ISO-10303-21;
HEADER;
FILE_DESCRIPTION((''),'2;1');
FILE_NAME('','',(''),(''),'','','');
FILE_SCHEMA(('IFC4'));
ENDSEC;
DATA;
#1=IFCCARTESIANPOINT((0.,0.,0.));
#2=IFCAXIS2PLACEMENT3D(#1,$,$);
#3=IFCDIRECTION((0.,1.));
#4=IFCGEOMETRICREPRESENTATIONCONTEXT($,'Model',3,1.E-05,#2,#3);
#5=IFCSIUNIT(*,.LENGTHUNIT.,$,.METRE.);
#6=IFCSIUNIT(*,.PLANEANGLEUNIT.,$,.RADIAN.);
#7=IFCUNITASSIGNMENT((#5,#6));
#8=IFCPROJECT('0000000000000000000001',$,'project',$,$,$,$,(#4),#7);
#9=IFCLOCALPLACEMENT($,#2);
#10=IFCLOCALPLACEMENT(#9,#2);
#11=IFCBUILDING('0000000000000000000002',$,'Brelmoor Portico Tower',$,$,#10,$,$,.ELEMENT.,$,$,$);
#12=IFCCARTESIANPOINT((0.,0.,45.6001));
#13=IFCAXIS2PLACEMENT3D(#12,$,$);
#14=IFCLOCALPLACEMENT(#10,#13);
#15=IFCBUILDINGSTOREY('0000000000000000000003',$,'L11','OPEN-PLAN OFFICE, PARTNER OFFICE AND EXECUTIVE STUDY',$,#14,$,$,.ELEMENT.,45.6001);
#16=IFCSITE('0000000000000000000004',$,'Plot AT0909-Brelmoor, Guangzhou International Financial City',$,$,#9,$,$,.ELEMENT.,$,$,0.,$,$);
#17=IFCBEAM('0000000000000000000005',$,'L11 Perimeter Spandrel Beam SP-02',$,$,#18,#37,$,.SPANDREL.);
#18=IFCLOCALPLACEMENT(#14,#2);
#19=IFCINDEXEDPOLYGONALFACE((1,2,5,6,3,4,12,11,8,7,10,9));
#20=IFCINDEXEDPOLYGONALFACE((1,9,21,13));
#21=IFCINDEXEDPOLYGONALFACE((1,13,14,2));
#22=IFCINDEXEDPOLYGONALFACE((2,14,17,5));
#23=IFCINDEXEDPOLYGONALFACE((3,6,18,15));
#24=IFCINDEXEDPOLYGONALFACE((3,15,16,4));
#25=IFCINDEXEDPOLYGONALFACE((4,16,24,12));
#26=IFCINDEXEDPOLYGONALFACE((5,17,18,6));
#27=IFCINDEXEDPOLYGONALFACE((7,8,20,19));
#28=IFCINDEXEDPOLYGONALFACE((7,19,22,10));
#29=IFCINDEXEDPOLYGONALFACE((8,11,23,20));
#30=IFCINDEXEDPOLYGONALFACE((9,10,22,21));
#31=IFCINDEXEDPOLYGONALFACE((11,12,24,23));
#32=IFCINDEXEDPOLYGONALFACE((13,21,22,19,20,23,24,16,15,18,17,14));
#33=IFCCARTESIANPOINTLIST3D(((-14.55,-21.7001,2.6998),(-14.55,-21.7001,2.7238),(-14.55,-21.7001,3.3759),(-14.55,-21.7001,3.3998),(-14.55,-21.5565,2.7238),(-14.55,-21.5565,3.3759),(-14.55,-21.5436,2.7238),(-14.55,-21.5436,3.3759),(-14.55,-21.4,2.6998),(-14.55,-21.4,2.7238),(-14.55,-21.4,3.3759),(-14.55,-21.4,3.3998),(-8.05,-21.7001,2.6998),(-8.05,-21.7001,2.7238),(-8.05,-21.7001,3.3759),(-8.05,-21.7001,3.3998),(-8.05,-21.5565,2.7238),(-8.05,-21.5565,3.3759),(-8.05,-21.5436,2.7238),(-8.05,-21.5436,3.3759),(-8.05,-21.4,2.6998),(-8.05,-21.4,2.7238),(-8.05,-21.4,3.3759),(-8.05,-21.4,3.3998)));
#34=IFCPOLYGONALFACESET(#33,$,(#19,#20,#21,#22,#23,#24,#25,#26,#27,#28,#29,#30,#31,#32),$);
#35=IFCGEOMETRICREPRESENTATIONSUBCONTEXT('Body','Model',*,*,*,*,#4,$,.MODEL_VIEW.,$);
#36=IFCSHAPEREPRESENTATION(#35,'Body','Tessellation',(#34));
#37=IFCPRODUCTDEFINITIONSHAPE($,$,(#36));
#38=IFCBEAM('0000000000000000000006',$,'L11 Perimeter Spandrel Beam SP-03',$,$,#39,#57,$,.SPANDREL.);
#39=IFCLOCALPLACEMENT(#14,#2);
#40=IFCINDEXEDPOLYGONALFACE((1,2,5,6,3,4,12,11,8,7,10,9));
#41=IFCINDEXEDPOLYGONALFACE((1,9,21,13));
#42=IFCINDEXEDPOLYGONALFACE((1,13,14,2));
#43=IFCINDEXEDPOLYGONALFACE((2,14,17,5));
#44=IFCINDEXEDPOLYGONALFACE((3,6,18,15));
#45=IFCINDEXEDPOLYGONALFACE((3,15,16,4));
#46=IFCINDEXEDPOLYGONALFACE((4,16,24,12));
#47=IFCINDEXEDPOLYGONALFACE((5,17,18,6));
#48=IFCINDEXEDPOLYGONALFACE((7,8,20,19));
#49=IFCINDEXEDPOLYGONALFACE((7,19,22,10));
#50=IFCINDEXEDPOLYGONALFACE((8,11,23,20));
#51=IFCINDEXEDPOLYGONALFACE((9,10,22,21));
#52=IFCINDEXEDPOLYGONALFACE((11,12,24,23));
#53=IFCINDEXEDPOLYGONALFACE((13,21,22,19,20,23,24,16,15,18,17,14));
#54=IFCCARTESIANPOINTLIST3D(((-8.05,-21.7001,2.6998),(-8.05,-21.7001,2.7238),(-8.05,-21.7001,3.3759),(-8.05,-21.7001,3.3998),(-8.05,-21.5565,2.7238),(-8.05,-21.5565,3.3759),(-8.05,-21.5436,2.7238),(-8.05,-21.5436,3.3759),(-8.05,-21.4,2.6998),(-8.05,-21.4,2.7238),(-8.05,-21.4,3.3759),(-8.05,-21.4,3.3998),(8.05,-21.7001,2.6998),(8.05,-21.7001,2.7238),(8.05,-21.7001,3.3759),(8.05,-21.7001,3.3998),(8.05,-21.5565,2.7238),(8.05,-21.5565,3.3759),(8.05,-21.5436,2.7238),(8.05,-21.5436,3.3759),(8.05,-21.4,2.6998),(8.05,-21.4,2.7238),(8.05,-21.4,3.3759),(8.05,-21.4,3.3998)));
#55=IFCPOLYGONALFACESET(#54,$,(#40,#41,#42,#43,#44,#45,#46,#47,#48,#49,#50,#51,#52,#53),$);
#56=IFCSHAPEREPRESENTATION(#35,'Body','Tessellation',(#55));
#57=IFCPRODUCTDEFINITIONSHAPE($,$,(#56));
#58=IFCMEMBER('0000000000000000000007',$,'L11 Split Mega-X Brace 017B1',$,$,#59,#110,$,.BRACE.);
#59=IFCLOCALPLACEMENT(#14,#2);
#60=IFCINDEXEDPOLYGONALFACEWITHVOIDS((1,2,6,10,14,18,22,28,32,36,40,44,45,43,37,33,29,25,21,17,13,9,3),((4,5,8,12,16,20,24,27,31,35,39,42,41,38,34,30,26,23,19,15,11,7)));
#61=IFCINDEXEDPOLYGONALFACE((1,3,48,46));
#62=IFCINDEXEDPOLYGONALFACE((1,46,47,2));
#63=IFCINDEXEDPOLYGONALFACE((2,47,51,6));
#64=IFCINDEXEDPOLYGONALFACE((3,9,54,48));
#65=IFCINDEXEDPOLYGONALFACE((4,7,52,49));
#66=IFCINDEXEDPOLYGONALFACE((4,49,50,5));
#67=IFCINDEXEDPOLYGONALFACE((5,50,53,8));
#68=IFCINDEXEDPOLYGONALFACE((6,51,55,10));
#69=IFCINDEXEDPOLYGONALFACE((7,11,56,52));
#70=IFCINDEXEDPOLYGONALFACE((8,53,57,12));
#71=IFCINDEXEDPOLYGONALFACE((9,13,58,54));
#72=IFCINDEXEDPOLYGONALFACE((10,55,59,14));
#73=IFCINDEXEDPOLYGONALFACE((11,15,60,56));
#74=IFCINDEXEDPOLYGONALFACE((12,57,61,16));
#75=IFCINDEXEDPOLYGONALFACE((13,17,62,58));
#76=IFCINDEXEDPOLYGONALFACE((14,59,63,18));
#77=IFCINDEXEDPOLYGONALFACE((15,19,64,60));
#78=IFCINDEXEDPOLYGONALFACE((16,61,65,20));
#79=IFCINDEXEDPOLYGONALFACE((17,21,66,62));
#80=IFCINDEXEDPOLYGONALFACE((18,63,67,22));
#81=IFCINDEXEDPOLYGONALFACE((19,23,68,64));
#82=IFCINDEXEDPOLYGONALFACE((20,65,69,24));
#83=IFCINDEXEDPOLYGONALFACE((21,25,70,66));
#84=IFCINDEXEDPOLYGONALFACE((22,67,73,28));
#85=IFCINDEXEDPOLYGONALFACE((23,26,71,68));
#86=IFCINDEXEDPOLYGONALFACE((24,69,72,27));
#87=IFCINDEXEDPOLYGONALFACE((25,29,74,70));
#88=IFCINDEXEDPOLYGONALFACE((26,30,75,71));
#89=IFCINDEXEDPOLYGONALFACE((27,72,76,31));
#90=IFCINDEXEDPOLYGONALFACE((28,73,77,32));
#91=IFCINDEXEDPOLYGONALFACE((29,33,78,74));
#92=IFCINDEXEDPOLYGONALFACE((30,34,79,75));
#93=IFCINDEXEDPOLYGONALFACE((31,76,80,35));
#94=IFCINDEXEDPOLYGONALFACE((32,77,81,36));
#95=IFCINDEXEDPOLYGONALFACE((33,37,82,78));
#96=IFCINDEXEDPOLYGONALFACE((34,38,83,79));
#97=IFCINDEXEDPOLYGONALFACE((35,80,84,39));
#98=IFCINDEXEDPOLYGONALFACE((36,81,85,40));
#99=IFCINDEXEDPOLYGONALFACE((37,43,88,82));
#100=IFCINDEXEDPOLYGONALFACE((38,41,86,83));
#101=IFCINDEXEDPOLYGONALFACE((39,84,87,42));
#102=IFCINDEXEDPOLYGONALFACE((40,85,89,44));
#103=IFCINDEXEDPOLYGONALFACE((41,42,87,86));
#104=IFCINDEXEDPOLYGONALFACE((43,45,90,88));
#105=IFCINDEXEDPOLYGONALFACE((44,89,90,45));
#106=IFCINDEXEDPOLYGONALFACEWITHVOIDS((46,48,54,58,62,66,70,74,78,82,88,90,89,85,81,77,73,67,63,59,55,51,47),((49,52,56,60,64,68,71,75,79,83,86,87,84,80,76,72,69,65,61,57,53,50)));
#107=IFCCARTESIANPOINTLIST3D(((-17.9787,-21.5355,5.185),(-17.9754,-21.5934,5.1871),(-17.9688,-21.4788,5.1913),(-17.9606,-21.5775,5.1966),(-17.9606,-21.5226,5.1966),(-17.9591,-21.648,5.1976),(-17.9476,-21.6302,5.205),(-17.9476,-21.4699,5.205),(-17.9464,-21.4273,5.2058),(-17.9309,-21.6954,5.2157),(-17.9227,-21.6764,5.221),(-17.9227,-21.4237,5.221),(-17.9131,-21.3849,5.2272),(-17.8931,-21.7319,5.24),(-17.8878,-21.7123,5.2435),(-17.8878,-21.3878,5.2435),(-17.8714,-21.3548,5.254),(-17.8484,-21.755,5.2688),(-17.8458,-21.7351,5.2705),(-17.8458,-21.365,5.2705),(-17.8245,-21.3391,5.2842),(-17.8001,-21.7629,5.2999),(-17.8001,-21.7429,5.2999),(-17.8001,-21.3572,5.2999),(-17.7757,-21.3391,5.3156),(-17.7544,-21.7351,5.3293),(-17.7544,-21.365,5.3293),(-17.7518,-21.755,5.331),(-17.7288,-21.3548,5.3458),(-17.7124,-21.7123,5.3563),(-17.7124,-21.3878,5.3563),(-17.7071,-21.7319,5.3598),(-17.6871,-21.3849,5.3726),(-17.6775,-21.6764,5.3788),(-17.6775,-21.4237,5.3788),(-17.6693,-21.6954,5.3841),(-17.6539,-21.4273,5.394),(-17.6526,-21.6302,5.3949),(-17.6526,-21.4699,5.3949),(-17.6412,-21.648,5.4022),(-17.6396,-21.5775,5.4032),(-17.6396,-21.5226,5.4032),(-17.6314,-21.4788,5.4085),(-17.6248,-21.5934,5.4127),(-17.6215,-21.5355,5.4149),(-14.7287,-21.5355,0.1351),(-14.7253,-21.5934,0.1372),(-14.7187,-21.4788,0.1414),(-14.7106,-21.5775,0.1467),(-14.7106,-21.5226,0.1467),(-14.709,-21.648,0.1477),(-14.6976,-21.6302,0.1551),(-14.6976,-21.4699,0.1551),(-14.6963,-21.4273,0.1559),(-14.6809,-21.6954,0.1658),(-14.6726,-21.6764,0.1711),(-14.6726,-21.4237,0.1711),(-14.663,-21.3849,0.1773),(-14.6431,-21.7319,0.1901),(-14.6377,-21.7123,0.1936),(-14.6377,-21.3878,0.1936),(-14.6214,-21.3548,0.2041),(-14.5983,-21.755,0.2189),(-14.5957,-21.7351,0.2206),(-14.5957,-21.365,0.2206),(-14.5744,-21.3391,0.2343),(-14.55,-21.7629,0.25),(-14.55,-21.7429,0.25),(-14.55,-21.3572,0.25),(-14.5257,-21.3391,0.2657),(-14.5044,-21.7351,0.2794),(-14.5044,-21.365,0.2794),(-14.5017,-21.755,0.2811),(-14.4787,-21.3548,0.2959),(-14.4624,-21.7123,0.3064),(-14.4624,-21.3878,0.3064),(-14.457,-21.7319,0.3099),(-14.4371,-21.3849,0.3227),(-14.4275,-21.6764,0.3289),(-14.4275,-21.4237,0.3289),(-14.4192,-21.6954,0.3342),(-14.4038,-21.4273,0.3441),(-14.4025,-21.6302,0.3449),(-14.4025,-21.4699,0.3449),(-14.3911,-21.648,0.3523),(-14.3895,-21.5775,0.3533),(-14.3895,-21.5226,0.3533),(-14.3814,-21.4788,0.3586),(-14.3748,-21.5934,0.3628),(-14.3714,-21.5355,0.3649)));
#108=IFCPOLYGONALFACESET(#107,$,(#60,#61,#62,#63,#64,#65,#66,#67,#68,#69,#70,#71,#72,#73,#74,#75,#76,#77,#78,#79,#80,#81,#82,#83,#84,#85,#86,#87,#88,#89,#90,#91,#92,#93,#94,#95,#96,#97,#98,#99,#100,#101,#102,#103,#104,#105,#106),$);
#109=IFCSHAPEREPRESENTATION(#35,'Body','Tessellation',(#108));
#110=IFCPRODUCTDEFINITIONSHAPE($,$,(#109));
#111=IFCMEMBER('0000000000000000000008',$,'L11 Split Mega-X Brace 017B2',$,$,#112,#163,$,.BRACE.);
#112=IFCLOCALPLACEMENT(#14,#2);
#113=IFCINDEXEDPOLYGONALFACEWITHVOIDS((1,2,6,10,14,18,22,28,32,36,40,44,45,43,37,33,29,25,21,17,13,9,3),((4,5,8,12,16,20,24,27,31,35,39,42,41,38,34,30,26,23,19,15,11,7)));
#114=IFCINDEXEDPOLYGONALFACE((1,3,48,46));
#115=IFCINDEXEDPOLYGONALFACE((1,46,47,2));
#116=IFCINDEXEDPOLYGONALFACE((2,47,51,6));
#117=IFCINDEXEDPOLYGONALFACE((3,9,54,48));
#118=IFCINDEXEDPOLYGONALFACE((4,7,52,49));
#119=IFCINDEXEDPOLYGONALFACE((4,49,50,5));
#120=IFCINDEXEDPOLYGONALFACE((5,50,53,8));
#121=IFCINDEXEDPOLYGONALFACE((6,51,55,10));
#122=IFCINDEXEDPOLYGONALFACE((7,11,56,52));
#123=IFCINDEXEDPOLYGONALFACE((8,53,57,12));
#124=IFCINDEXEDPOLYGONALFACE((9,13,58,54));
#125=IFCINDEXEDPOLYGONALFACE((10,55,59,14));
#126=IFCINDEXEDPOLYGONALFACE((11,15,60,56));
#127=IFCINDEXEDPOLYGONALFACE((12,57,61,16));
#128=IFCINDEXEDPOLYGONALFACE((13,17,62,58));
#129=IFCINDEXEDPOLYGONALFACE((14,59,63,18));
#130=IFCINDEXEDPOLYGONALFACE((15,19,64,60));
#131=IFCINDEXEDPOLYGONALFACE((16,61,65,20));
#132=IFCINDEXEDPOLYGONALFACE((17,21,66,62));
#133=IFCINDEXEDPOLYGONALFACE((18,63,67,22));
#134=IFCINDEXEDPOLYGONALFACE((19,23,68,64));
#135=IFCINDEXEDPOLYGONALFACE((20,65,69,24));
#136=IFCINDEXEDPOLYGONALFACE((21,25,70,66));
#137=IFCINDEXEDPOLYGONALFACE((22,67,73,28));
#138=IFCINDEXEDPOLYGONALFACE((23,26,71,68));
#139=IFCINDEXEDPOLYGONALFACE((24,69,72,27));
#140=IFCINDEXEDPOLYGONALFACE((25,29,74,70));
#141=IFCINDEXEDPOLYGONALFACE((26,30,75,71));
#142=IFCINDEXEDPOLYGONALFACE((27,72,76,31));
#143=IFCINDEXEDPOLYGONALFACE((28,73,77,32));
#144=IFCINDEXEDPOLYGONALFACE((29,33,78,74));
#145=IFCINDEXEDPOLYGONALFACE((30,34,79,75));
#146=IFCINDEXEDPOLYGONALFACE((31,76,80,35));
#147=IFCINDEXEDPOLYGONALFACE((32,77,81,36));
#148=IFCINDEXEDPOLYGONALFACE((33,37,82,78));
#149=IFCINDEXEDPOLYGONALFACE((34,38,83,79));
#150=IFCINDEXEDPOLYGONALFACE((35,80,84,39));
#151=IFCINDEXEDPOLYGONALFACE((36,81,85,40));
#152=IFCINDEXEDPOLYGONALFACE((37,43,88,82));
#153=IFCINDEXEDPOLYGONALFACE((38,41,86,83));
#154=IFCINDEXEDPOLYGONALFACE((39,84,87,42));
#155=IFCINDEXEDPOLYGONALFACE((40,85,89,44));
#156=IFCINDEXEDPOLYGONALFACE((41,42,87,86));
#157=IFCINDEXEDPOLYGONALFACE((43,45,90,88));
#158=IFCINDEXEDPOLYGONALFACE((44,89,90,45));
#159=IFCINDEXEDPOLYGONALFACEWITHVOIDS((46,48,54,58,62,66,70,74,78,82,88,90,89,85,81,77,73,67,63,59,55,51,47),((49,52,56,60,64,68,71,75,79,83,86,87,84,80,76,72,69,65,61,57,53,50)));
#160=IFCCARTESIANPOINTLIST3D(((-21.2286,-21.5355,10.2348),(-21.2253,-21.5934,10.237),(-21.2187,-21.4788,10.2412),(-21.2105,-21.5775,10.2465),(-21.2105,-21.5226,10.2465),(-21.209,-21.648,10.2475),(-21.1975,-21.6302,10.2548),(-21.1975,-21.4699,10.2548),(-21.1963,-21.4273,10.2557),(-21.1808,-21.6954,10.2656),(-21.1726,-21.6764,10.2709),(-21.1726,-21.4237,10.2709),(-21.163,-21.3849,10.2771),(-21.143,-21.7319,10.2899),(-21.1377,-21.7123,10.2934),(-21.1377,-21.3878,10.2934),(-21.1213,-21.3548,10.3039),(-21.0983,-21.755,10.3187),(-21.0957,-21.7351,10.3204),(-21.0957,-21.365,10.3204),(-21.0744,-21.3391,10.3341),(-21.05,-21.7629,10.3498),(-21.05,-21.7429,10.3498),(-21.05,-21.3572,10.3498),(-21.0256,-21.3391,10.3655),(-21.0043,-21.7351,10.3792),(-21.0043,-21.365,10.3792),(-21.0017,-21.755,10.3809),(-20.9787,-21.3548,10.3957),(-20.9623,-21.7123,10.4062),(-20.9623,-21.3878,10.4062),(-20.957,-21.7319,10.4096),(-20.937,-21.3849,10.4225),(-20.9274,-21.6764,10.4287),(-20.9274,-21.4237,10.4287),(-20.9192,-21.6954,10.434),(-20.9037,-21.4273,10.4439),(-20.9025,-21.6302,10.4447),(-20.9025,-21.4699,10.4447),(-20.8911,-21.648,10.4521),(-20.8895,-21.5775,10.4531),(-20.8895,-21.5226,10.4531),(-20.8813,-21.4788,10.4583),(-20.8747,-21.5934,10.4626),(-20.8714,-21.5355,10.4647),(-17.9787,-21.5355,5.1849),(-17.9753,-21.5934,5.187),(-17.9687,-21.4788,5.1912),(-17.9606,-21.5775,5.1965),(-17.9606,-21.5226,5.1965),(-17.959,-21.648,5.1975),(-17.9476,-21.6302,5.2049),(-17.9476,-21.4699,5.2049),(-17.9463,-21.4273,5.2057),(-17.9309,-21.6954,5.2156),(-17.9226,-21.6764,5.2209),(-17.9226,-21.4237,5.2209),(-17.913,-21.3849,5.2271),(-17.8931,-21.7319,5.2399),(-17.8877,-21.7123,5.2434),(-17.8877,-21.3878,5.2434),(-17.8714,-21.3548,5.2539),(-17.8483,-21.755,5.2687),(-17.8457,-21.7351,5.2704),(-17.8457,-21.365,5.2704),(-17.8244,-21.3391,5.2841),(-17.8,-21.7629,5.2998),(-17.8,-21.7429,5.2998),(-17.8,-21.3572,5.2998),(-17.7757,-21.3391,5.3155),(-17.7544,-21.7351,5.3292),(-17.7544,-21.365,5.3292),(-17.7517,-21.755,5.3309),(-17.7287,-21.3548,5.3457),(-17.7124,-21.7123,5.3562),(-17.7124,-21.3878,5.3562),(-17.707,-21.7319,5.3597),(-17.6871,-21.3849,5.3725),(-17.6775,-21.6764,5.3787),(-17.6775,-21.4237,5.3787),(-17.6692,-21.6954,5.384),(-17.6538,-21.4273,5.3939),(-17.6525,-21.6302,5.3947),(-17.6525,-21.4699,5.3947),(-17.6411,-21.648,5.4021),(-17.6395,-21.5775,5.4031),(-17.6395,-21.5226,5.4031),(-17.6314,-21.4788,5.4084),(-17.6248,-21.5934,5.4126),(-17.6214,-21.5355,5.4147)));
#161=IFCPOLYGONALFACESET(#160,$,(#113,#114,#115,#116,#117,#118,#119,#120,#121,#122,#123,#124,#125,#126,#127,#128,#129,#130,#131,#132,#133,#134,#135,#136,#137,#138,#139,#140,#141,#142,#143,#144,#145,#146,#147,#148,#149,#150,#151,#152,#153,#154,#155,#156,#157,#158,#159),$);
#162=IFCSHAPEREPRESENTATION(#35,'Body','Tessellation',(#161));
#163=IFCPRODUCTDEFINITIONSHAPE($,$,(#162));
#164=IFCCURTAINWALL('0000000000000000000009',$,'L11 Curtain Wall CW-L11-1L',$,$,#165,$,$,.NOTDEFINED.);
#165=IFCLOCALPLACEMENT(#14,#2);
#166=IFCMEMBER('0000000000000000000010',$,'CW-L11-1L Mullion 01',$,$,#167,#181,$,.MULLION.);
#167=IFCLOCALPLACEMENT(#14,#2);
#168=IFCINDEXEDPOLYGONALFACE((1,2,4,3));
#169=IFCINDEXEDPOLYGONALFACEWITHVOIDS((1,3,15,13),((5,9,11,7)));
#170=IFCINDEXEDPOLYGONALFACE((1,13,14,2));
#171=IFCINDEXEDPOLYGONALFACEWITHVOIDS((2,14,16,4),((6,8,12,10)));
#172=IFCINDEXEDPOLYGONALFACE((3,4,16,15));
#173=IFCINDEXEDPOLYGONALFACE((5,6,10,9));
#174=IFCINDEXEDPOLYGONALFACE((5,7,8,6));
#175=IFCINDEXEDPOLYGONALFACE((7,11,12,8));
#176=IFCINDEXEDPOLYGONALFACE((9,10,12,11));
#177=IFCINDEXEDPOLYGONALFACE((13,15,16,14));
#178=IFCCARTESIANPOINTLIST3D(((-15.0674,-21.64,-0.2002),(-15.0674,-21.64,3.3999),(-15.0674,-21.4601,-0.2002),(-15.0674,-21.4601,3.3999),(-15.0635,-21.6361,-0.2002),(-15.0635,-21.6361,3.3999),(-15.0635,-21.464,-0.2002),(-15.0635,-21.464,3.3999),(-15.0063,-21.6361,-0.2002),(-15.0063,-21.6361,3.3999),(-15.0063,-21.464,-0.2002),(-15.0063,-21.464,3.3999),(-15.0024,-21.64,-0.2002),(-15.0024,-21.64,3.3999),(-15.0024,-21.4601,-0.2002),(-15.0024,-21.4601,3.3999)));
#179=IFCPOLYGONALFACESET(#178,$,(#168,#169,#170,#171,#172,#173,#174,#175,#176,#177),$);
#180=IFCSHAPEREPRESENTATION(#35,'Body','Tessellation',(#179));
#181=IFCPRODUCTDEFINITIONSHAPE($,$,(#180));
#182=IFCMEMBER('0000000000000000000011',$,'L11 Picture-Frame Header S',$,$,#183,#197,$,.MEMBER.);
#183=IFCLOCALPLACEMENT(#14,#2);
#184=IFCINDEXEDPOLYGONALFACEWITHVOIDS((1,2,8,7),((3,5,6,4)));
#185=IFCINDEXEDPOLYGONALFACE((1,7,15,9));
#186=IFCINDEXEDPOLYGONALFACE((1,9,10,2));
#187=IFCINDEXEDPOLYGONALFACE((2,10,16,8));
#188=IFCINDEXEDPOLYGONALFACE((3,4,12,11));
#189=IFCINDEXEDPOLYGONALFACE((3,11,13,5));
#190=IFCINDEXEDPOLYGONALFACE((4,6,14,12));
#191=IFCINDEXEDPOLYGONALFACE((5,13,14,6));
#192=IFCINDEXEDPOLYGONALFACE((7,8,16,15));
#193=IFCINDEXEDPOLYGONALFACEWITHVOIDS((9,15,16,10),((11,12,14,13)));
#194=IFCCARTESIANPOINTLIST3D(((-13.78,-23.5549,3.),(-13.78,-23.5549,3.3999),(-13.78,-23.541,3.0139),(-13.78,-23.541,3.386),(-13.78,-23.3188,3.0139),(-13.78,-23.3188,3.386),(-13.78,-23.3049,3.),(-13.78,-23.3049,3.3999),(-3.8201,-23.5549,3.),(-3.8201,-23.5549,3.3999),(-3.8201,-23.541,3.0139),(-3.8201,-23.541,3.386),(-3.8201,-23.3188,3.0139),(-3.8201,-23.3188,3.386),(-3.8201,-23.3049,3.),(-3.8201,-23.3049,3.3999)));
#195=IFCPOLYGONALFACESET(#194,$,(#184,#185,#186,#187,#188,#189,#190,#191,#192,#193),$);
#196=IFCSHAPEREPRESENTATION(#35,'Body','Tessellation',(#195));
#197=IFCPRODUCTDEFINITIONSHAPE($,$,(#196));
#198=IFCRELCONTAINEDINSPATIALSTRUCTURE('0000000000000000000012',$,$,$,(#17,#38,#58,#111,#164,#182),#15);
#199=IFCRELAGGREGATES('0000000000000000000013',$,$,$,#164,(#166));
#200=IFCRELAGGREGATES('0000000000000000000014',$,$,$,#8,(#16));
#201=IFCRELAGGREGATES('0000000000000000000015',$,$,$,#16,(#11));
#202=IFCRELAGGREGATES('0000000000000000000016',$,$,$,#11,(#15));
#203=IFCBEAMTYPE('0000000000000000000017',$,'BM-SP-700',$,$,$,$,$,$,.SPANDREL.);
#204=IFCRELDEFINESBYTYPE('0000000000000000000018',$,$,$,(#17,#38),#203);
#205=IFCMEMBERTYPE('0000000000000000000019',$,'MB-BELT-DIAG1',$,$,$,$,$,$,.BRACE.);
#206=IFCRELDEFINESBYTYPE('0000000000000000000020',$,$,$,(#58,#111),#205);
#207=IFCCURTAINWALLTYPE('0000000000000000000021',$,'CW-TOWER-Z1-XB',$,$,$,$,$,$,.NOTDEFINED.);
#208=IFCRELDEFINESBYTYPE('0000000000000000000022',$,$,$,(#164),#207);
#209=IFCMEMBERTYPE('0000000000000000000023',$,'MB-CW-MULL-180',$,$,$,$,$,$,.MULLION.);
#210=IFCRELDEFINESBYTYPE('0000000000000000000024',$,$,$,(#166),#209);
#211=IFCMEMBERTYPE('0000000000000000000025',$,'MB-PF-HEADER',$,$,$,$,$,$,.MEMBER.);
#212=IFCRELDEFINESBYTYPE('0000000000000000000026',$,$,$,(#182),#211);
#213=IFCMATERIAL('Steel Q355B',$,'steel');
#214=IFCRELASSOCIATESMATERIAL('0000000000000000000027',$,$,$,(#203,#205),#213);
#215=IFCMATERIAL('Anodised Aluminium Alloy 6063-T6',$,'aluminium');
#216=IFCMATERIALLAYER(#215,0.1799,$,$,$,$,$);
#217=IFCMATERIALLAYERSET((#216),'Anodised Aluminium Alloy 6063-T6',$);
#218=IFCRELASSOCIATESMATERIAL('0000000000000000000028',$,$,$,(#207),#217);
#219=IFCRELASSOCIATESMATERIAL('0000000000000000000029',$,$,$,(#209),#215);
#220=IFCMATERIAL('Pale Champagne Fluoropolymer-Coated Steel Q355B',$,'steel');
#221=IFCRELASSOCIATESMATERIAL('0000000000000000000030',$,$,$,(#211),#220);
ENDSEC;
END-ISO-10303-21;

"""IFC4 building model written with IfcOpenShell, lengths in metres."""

from ifc_helpers import new_model, si_unit, direction, frame, origin, origin_2d, place, context, subcontext, project, spatial, hollow_rectangle, hollow_circle, i_section, extrude, material, layer, layer_set, material_profile, profile_set, type_object, element, aggregate, save


model = new_model("IFC4")

# Units and contexts
model_context = context("Model", 3, precision=1e-05, world=origin(), true_north=direction((0.0, 1.0)))
body_context = subcontext(model_context, "Body", "Model", "MODEL_VIEW")
ifc_project = project(units=[si_unit("LENGTHUNIT", "METRE"), si_unit("PLANEANGLEUNIT", "RADIAN")], contexts=[model_context])

# Site, building, storey
site_placement = place(None, origin())
site = spatial("IfcSite", under=ifc_project, at=site_placement, Name="Plot AT0909-Brelmoor, Guangzhou International Financial City", CompositionType="ELEMENT", RefElevation=0.0)
building_placement = place(site_placement, origin())
building = spatial("IfcBuilding", under=site, at=building_placement, Name="Brelmoor Portico Tower", CompositionType="ELEMENT")
storey_placement = place(building_placement, frame((0.0, 0.0, 45.6001)))
storey = spatial("IfcBuildingStorey", under=building, at=storey_placement, Name="L11", Description="OPEN-PLAN OFFICE, PARTNER OFFICE AND EXECUTIVE STUDY", CompositionType="ELEMENT", Elevation=45.6001)

# Shared definitions
ifc_material_1 = material(Name="Steel Q355B", Category="steel")

# Beams
ifc_material_profile_1 = material_profile(ifc_material_1, i_section(OverallWidth=0.3, OverallDepth=0.7, WebThickness=0.0129, FlangeThickness=0.0239, at=origin_2d()), Name="HN 700x300x13x24")
ifc_profile_set_1 = profile_set([ifc_material_profile_1], Name="Steel Q355B")
beam_type_1 = type_object("IfcBeamType", Name="BM-SP-700", PredefinedType="SPANDREL", material=ifc_profile_set_1)
beam_1_placement = place(storey_placement, frame((-14.55, -21.55, 3.0498), z_axis=(1.0, 0.0, 0.0), x_axis=(0.0, 1.0, 0.0)))
element("IfcBeam", 1, at=beam_1_placement, inside=storey, type_object=beam_type_1, Name="L11 Perimeter Spandrel Beam SP-02", PredefinedType="SPANDREL", context=body_context, shape_type="SweptSolid", body=[
    extrude(i_section(OverallWidth=0.3, OverallDepth=0.7, WebThickness=0.0129, FlangeThickness=0.0239, at=origin_2d()), origin(), (0.0, 0.0, 1.0), 6.5),
])
beam_2_placement = place(storey_placement, frame((-8.05, -21.55, 3.0498), z_axis=(1.0, 0.0, 0.0), x_axis=(0.0, 1.0, 0.0)))
element("IfcBeam", 2, at=beam_2_placement, inside=storey, type_object=beam_type_1, Name="L11 Perimeter Spandrel Beam SP-03", PredefinedType="SPANDREL", context=body_context, shape_type="SweptSolid", body=[
    extrude(i_section(OverallWidth=0.3, OverallDepth=0.7, WebThickness=0.0129, FlangeThickness=0.0239, at=origin_2d()), origin(), (0.0, 0.0, 1.0), 16.1001),
])

# Members
ifc_material_profile_2 = material_profile(ifc_material_1, hollow_circle(Radius=0.2129, WallThickness=0.02, at=origin_2d()), Name="CHS 426x20")
ifc_profile_set_2 = profile_set([ifc_material_profile_2], Name="Steel Q355B")
member_type_1 = type_object("IfcMemberType", Name="MB-BELT-DIAG1", PredefinedType="BRACE", material=ifc_profile_set_2)
for number, where, z_axis, x_axis, name in (
    (3, (-14.55, -21.55, 0.25), (-0.541193, 0.0, 0.840898), (0.0, -1.0, 0.0), "L11 Split Mega-X Brace 017B1"),
    (4, (-17.8, -21.55, 5.2998), (-0.541175, 0.0, 0.84091), (0.0, -1.0, 0.0), "L11 Split Mega-X Brace 017B2"),
):
    element("IfcMember", number, at=place(storey_placement, frame(where, z_axis=z_axis, x_axis=x_axis)), inside=storey, type_object=member_type_1, Name=name, PredefinedType="BRACE", context=body_context, shape_type="SweptSolid", body=[
        extrude(hollow_circle(Radius=0.2129, WallThickness=0.02, at=origin_2d()), origin(), (0.0, 0.0, 1.0), 6.0054),
    ])

# Curtain wall, member
ifc_material_2 = material(Name="Anodised Aluminium Alloy 6063-T6", Category="aluminium")
ifc_layer_1 = layer(ifc_material_2, 0.1799)
ifc_layer_set_1 = layer_set([ifc_layer_1], Name="Anodised Aluminium Alloy 6063-T6")
curtain_wall_type = type_object("IfcCurtainWallType", Name="CW-TOWER-Z1-XB", PredefinedType="NOTDEFINED", material=ifc_layer_set_1)
curtain_wall_placement = place(storey_placement, origin())
curtain_wall = element("IfcCurtainWall", 5, at=curtain_wall_placement, inside=storey, type_object=curtain_wall_type, Name="L11 Curtain Wall CW-L11-1L", PredefinedType="NOTDEFINED")
ifc_material_profile_3 = material_profile(ifc_material_2, hollow_rectangle(XDim=0.0649, YDim=0.1799, WallThickness=0.0039, at=origin_2d()), Name="ALU MULLION 65x180")
ifc_profile_set_3 = profile_set([ifc_material_profile_3], Name="Anodised Aluminium Alloy 6063-T6")
member_type_2 = type_object("IfcMemberType", Name="MB-CW-MULL-180", PredefinedType="MULLION", material=ifc_profile_set_3)
member_1_placement = place(storey_placement, frame((-15.0349, -21.55, -0.2002), z_axis=(0.0, 0.0, 1.0), x_axis=(1.0, 0.0, 0.0)))
member_1 = element("IfcMember", 6, at=member_1_placement, type_object=member_type_2, Name="CW-L11-1L Mullion 01", PredefinedType="MULLION", context=body_context, shape_type="SweptSolid", body=[
    extrude(hollow_rectangle(XDim=0.0649, YDim=0.1799, WallThickness=0.0039, at=origin_2d()), origin(), (0.0, 0.0, 1.0), 3.6001),
])

# Member
ifc_material_3 = material(Name="Pale Champagne Fluoropolymer-Coated Steel Q355B", Category="steel")
ifc_material_profile_4 = material_profile(ifc_material_3, hollow_rectangle(XDim=0.25, YDim=0.3999, WallThickness=0.0139, at=origin_2d()), Name="RHS 250x400x14")
ifc_profile_set_4 = profile_set([ifc_material_profile_4], Name="Pale Champagne Fluoropolymer-Coated Steel Q355B")
member_type_3 = type_object("IfcMemberType", Name="MB-PF-HEADER", PredefinedType="MEMBER", material=ifc_profile_set_4)
member_2_placement = place(storey_placement, frame((-13.78, -23.4299, 3.2), z_axis=(1.0, 0.0, 0.0), x_axis=(0.0, 1.0, 0.0)))
element("IfcMember", 7, at=member_2_placement, inside=storey, type_object=member_type_3, Name="L11 Picture-Frame Header S", PredefinedType="MEMBER", context=body_context, shape_type="SweptSolid", body=[
    extrude(hollow_rectangle(XDim=0.25, YDim=0.3999, WallThickness=0.0139, at=origin_2d()), origin(), (0.0, 0.0, 1.0), 9.96),
])

aggregate(curtain_wall, [member_1])

save(model, "model.ifc")
